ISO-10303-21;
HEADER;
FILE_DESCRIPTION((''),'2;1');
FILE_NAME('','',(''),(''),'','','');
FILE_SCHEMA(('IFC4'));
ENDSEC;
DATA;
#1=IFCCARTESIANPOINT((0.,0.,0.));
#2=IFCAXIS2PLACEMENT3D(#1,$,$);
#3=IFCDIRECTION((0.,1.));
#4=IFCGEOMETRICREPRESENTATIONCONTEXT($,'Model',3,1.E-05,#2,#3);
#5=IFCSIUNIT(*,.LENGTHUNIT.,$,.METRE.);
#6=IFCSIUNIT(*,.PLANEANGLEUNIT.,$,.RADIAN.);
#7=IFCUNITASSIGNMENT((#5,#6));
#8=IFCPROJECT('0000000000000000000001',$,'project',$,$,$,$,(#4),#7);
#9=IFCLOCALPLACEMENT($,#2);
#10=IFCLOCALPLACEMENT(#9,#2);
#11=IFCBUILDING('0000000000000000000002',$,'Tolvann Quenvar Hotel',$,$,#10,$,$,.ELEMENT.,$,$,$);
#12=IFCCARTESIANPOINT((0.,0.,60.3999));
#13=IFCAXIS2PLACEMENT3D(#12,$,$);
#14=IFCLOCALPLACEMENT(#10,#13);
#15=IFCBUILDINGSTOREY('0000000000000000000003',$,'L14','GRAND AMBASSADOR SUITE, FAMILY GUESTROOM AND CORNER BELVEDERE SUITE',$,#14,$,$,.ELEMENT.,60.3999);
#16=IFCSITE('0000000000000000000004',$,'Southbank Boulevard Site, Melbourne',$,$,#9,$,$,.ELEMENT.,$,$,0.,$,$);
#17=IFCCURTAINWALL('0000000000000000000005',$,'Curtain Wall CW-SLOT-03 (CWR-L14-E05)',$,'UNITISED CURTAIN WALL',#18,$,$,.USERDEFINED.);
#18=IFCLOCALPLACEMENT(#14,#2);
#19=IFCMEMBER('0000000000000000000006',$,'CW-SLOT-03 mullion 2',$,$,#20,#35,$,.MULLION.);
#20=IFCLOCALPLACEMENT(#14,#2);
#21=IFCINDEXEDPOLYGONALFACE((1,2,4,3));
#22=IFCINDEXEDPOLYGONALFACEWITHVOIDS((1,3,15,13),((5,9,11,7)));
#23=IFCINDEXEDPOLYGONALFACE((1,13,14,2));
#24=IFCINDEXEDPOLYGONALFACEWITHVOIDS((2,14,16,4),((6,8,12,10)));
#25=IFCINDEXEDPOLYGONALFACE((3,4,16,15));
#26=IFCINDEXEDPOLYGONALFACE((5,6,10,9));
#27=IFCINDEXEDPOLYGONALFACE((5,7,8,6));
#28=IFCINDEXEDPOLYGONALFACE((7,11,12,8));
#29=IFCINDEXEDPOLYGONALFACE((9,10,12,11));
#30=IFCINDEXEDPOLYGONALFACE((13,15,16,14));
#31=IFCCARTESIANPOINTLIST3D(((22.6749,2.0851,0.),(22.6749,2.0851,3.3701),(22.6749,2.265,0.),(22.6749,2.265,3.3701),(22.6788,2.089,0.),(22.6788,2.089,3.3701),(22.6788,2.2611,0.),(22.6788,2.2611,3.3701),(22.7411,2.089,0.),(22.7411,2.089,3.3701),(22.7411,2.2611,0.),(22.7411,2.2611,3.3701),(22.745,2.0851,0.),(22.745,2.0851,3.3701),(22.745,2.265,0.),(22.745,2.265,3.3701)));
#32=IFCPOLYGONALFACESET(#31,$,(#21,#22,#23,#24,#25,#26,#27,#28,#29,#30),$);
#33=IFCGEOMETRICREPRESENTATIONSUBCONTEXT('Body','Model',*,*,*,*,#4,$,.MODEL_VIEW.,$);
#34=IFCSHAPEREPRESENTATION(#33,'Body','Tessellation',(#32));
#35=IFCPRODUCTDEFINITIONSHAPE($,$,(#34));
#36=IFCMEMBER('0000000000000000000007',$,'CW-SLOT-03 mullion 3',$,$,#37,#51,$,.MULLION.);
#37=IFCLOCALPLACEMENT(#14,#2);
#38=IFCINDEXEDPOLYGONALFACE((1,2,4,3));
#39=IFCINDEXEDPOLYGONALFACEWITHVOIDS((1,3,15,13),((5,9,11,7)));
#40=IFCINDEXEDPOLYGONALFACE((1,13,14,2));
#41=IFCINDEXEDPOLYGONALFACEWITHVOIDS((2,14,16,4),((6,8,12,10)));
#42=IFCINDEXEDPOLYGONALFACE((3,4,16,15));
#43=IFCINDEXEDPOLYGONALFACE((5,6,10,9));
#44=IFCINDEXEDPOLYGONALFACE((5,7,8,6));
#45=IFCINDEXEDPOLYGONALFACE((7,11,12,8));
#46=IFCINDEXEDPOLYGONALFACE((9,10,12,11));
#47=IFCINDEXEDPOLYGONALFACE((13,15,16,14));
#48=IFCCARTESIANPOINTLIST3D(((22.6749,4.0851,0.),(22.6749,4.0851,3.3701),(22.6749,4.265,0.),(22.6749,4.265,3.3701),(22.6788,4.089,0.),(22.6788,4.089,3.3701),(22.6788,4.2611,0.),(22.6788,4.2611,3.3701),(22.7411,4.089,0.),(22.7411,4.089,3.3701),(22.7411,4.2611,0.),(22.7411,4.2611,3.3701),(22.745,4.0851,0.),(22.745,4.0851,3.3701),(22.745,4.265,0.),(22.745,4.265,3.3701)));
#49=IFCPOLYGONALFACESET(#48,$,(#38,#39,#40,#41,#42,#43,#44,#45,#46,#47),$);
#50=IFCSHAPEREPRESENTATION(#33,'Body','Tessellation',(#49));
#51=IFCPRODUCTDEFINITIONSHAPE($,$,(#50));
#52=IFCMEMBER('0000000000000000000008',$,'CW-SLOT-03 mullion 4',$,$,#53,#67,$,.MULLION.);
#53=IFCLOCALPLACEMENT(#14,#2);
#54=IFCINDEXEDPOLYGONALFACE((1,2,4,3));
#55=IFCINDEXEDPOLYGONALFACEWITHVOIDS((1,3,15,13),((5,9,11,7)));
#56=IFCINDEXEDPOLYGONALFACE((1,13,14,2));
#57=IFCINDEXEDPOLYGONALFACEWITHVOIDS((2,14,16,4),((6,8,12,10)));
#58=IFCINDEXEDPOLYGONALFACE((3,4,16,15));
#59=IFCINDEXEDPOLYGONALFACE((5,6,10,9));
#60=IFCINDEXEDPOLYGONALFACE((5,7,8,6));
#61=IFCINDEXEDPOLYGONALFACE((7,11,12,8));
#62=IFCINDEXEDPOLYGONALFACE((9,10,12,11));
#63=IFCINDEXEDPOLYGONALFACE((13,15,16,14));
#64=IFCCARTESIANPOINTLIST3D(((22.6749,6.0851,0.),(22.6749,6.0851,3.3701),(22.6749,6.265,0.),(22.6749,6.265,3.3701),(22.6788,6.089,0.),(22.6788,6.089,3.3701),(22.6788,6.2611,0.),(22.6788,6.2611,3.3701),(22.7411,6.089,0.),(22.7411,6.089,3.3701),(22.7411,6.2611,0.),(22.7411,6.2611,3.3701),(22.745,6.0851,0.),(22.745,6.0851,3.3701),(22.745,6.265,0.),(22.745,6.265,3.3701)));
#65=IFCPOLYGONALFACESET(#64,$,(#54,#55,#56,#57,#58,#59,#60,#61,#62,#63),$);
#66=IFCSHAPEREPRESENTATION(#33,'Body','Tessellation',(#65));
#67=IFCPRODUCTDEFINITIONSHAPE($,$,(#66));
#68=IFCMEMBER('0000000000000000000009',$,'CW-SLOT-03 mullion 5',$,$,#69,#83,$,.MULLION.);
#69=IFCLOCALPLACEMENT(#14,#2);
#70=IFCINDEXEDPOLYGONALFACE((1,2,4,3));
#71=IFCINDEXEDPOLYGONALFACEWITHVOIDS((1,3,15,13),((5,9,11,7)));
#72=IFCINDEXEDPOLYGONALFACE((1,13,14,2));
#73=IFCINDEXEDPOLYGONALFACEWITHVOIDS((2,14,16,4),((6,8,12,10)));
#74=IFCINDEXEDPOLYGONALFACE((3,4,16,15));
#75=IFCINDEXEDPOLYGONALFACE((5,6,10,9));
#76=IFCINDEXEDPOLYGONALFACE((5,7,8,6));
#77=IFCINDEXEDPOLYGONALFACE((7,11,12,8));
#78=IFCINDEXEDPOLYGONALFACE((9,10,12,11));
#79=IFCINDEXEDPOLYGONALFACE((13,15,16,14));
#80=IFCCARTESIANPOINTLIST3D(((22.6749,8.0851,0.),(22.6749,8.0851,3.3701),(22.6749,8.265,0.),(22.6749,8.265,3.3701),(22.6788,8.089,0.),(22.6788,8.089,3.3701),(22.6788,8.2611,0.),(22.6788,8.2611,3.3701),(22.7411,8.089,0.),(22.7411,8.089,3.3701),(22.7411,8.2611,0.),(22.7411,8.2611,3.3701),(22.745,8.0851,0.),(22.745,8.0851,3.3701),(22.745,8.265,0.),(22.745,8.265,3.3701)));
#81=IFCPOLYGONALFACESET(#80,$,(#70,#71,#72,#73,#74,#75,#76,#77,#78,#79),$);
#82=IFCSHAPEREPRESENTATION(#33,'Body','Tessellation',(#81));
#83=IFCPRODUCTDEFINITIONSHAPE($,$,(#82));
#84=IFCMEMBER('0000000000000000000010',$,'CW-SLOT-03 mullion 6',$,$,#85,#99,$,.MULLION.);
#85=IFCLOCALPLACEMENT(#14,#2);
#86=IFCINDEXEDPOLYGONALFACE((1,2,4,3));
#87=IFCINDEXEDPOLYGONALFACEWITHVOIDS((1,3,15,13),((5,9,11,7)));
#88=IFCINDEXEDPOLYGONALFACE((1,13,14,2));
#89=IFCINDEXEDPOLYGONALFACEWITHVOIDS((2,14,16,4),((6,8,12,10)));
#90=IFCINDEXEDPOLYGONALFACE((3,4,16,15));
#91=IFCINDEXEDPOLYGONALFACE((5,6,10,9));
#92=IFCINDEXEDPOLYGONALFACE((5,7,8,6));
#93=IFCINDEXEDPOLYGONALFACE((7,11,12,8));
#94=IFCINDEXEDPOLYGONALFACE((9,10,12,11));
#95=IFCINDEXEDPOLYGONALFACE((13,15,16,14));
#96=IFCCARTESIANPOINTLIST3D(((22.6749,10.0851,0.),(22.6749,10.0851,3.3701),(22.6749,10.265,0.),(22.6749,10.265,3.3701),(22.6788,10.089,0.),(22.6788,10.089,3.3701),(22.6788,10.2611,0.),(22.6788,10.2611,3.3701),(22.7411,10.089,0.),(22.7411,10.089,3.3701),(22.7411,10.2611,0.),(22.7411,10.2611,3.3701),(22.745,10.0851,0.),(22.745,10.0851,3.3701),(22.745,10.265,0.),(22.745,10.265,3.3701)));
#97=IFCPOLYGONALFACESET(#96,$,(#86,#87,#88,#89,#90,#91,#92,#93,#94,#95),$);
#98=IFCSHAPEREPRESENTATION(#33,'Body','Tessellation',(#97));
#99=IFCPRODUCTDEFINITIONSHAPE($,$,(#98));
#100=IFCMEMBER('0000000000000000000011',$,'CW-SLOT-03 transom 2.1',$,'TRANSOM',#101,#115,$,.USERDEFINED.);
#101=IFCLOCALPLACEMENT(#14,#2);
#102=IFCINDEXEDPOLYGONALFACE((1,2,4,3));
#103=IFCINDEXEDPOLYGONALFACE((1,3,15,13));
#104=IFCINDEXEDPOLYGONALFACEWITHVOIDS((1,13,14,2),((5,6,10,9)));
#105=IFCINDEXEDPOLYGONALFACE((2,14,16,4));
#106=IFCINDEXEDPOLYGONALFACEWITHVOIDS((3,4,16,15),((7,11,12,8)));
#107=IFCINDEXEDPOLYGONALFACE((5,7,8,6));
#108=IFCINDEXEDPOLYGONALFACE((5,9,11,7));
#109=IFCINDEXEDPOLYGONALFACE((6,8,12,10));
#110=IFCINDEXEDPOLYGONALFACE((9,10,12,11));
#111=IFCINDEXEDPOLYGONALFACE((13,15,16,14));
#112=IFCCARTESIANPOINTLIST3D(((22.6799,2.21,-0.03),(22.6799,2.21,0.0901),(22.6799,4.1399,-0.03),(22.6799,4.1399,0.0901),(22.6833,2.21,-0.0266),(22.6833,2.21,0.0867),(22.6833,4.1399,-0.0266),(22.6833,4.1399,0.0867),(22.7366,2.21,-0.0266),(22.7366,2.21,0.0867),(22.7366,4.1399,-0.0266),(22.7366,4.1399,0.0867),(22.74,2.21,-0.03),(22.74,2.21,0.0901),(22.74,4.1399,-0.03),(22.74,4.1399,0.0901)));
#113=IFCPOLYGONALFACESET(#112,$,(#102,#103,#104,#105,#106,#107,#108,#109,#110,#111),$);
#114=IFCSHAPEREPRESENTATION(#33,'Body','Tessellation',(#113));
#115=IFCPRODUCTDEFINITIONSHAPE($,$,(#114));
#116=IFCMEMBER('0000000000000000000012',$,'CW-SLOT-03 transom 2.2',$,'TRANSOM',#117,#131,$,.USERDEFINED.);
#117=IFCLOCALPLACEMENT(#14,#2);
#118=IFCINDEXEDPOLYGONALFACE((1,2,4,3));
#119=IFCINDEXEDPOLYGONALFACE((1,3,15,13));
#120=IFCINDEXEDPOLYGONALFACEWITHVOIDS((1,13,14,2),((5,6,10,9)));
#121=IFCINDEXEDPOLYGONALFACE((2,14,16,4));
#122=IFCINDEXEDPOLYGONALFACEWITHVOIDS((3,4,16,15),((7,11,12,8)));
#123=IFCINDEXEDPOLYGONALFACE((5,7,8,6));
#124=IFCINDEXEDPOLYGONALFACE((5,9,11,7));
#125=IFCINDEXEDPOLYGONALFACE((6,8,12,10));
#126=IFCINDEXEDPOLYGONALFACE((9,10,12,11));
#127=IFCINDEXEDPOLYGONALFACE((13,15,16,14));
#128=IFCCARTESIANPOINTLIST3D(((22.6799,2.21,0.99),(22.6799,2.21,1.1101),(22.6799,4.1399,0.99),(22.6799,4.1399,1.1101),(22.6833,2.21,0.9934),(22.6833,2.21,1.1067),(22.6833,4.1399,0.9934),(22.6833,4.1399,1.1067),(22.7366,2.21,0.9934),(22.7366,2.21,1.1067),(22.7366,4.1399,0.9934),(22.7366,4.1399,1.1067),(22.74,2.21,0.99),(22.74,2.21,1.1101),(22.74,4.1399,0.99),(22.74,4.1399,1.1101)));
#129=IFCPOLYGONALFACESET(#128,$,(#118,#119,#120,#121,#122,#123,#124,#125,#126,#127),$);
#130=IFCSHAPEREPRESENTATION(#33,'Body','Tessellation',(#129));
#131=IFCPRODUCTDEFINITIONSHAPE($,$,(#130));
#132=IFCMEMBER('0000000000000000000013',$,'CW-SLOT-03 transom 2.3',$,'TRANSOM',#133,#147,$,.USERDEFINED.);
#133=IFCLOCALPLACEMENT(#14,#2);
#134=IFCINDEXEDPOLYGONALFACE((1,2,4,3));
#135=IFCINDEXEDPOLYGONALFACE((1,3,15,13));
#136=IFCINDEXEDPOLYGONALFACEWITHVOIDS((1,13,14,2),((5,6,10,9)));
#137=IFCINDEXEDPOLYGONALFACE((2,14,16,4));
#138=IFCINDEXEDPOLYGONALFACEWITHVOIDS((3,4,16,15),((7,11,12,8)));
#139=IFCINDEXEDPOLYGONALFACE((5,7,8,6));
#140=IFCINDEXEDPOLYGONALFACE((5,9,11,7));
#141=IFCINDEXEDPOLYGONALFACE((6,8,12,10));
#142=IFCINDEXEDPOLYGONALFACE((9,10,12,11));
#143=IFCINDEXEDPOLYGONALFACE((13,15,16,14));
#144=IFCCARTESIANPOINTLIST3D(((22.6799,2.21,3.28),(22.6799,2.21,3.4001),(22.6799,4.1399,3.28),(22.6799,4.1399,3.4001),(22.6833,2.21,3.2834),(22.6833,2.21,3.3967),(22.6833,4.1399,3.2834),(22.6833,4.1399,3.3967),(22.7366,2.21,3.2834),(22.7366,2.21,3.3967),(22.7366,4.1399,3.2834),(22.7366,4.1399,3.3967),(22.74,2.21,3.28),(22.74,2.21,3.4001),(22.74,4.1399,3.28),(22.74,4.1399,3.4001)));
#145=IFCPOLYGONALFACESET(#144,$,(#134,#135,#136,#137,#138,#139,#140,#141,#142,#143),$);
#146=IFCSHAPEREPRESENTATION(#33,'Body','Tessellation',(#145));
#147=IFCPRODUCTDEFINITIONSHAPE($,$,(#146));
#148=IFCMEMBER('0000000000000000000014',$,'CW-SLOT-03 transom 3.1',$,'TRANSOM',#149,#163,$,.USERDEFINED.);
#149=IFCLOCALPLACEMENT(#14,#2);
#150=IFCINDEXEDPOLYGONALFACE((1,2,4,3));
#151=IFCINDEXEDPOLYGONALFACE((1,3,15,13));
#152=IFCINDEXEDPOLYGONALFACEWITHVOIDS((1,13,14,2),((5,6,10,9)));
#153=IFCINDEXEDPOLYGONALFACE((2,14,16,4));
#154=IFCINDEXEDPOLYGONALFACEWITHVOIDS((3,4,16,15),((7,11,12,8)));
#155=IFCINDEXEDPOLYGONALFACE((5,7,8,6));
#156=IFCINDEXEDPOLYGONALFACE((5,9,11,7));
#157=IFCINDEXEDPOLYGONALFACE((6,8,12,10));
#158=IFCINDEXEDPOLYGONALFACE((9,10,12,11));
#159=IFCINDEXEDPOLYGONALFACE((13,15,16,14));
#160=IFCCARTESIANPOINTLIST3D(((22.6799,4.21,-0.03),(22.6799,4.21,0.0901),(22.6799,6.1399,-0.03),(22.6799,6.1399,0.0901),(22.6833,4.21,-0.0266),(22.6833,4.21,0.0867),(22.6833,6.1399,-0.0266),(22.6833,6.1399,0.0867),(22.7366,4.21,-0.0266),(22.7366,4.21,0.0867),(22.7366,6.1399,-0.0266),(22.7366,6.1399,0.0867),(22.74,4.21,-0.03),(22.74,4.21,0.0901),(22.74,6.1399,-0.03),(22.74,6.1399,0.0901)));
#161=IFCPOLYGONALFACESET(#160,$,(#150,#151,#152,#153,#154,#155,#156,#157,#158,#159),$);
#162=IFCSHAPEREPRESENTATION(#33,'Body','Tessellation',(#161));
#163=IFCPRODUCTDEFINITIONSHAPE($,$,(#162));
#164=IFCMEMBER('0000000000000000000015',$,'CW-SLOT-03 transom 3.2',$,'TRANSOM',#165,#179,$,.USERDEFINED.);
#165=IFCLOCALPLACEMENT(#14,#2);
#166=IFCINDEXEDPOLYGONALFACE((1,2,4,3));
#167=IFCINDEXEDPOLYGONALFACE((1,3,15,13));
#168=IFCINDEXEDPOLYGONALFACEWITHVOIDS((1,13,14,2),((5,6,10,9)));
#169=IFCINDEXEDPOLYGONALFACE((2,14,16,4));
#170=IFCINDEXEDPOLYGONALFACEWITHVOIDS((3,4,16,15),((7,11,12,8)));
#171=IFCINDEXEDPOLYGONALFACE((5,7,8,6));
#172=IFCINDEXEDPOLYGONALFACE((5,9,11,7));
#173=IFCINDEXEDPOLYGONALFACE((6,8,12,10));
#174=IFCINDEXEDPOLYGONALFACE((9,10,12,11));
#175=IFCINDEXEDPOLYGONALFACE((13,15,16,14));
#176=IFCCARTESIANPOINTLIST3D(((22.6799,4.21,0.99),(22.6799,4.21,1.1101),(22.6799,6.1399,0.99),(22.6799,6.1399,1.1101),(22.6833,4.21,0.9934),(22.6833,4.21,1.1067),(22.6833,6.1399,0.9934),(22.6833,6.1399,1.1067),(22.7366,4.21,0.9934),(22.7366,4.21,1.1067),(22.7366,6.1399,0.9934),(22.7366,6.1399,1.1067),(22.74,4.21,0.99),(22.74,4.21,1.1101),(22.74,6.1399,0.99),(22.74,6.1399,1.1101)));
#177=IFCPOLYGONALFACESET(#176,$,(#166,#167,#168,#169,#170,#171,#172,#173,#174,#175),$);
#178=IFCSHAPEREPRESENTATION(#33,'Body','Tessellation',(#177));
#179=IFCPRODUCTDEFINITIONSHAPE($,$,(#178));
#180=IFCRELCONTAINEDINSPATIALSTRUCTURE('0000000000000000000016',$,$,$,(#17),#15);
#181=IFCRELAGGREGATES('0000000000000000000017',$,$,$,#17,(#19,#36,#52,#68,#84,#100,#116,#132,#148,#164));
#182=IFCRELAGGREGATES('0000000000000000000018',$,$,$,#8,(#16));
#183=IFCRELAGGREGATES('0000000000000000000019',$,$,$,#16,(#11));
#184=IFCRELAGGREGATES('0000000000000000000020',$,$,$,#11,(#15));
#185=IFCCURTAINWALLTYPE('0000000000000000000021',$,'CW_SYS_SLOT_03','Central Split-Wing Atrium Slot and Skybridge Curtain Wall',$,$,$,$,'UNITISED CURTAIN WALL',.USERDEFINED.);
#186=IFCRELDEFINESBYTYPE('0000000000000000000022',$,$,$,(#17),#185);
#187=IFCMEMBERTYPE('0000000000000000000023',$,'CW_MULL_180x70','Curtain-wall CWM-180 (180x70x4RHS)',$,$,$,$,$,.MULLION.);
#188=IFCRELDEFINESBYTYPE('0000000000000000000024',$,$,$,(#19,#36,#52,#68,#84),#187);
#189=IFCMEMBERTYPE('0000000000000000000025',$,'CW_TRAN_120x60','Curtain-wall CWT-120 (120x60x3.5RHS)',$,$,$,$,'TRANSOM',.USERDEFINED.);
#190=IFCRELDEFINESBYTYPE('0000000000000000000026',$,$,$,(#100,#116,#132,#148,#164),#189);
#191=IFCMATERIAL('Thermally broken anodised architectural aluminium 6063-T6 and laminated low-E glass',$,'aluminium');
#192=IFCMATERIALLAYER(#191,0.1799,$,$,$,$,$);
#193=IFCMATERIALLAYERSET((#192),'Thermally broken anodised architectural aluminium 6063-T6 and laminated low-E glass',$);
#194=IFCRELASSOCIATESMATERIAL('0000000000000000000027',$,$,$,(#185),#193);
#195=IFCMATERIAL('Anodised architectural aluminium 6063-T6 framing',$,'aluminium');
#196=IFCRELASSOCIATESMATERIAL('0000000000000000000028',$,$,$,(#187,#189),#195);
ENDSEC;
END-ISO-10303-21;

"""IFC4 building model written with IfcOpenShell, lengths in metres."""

from ifc_helpers import new_model, si_unit, direction, frame, origin, origin_2d, place, context, subcontext, project, spatial, hollow_rectangle, extrude, source, transform, mapped, material, layer, layer_set, material_profile, profile_set, type_object, type_shapes, element, aggregate, save


model = new_model("IFC4")

# Units and contexts
model_context = context("Model", 3, precision=1e-05, world=origin(), true_north=direction((0.0, 1.0)))
body_context = subcontext(model_context, "Body", "Model", "MODEL_VIEW")
ifc_project = project(units=[si_unit("LENGTHUNIT", "METRE"), si_unit("PLANEANGLEUNIT", "RADIAN")], contexts=[model_context])

# Site, building, storey
site_placement = place(None, origin())
site = spatial("IfcSite", under=ifc_project, at=site_placement, Name="Southbank Boulevard Site, Melbourne", CompositionType="ELEMENT", RefElevation=0.0)
building_placement = place(site_placement, origin())
building = spatial("IfcBuilding", under=site, at=building_placement, Name="Tolvann Quenvar Hotel", CompositionType="ELEMENT")
storey_placement = place(building_placement, frame((0.0, 0.0, 60.3999)))
storey = spatial("IfcBuildingStorey", under=building, at=storey_placement, Name="L14", Description="GRAND AMBASSADOR SUITE, FAMILY GUESTROOM AND CORNER BELVEDERE SUITE", CompositionType="ELEMENT", Elevation=60.3999)

# Curtain wall, members
ifc_material_1 = material(Name="Thermally broken anodised architectural aluminium 6063-T6 and laminated low-E glass", Category="aluminium")
ifc_layer_1 = layer(ifc_material_1, 0.1799)
ifc_layer_set_1 = layer_set([ifc_layer_1], Name="Thermally broken anodised architectural aluminium 6063-T6 and laminated low-E glass")
curtain_wall_type = type_object("IfcCurtainWallType", Name="CW_SYS_SLOT_03", Description="Central Split-Wing Atrium Slot and Skybridge Curtain Wall", ElementType="UNITISED CURTAIN WALL", PredefinedType="USERDEFINED", material=ifc_layer_set_1)
curtain_wall_placement = place(storey_placement, origin())
curtain_wall = element("IfcCurtainWall", 1, at=curtain_wall_placement, inside=storey, type_object=curtain_wall_type, Name="Curtain Wall CW-SLOT-03 (CWR-L14-E05)", ObjectType="UNITISED CURTAIN WALL", PredefinedType="USERDEFINED")
ifc_material_2 = material(Name="Anodised architectural aluminium 6063-T6 framing", Category="aluminium")
ifc_material_profile_1 = material_profile(ifc_material_2, hollow_rectangle(XDim=0.0701, YDim=0.1799, WallThickness=0.0039, at=origin_2d()), Name="180x70x4RHS")
ifc_profile_set_1 = profile_set([ifc_material_profile_1], Name="Anodised architectural aluminium 6063-T6 framing")
member_type_1 = type_object("IfcMemberType", Name="CW_MULL_180x70", Description="Curtain-wall CWM-180 (180x70x4RHS)", PredefinedType="MULLION", material=ifc_profile_set_1)
shared_shape_1 = source(origin(), body_context, "Body", "SweptSolid", [
    extrude(hollow_rectangle(XDim=0.0701, YDim=0.1799, WallThickness=0.0039, at=origin_2d()), origin(), (0.0, 0.0, 1.0), 3.3701),
])
type_shapes(member_type_1, [shared_shape_1])
member_1_placement = place(storey_placement, frame((22.71, 2.175, 0.0), z_axis=(0.0, 0.0, 1.0), x_axis=(-1.0, 0.0, 0.0)))
member_1 = element("IfcMember", 2, at=member_1_placement, type_object=member_type_1, Name="CW-SLOT-03 mullion 2", PredefinedType="MULLION", context=body_context, shape_type="MappedRepresentation", body=[
    mapped(shared_shape_1, transform((0.0, 0.0, 0.0), x_axis=(1.0, 0.0, 0.0), y_axis=(0.0, 1.0, 0.0), z_axis=(0.0, 0.0, 1.0), scale=1.0)),
])
member_2_placement = place(storey_placement, frame((22.71, 4.175, 0.0), z_axis=(0.0, 0.0, 1.0), x_axis=(-1.0, 0.0, 0.0)))
member_2 = element("IfcMember", 3, at=member_2_placement, type_object=member_type_1, Name="CW-SLOT-03 mullion 3", PredefinedType="MULLION", context=body_context, shape_type="MappedRepresentation", body=[
    mapped(shared_shape_1, transform((0.0, 0.0, 0.0), x_axis=(1.0, 0.0, 0.0), y_axis=(0.0, 1.0, 0.0), z_axis=(0.0, 0.0, 1.0), scale=1.0)),
])
member_3_placement = place(storey_placement, frame((22.71, 6.175, 0.0), z_axis=(0.0, 0.0, 1.0), x_axis=(-1.0, 0.0, 0.0)))
member_3 = element("IfcMember", 4, at=member_3_placement, type_object=member_type_1, Name="CW-SLOT-03 mullion 4", PredefinedType="MULLION", context=body_context, shape_type="MappedRepresentation", body=[
    mapped(shared_shape_1, transform((0.0, 0.0, 0.0), x_axis=(1.0, 0.0, 0.0), y_axis=(0.0, 1.0, 0.0), z_axis=(0.0, 0.0, 1.0), scale=1.0)),
])
member_4_placement = place(storey_placement, frame((22.71, 8.175, 0.0), z_axis=(0.0, 0.0, 1.0), x_axis=(-1.0, 0.0, 0.0)))
member_4 = element("IfcMember", 5, at=member_4_placement, type_object=member_type_1, Name="CW-SLOT-03 mullion 5", PredefinedType="MULLION", context=body_context, shape_type="MappedRepresentation", body=[
    mapped(shared_shape_1, transform((0.0, 0.0, 0.0), x_axis=(1.0, 0.0, 0.0), y_axis=(0.0, 1.0, 0.0), z_axis=(0.0, 0.0, 1.0), scale=1.0)),
])
member_5_placement = place(storey_placement, frame((22.71, 10.175, 0.0), z_axis=(0.0, 0.0, 1.0), x_axis=(-1.0, 0.0, 0.0)))
member_5 = element("IfcMember", 6, at=member_5_placement, type_object=member_type_1, Name="CW-SLOT-03 mullion 6", PredefinedType="MULLION", context=body_context, shape_type="MappedRepresentation", body=[
    mapped(shared_shape_1, transform((0.0, 0.0, 0.0), x_axis=(1.0, 0.0, 0.0), y_axis=(0.0, 1.0, 0.0), z_axis=(0.0, 0.0, 1.0), scale=1.0)),
])
ifc_material_profile_2 = material_profile(ifc_material_2, hollow_rectangle(XDim=0.0601, YDim=0.1201, WallThickness=0.0034, at=origin_2d()), Name="120x60x3.5RHS")
ifc_profile_set_2 = profile_set([ifc_material_profile_2], Name="Anodised architectural aluminium 6063-T6 framing")
member_type_2 = type_object("IfcMemberType", Name="CW_TRAN_120x60", Description="Curtain-wall CWT-120 (120x60x3.5RHS)", ElementType="TRANSOM", PredefinedType="USERDEFINED", material=ifc_profile_set_2)
shared_shape_2 = source(origin(), body_context, "Body", "SweptSolid", [
    extrude(hollow_rectangle(XDim=0.0601, YDim=0.1201, WallThickness=0.0034, at=origin_2d()), origin(), (0.0, 0.0, 1.0), 1.9299),
])
type_shapes(member_type_2, [shared_shape_2])
member_6_placement = place(storey_placement, frame((22.71, 2.21, 0.03), z_axis=(0.0, 1.0, 0.0), x_axis=(-1.0, 0.0, 0.0)))
member_6 = element("IfcMember", 7, at=member_6_placement, type_object=member_type_2, Name="CW-SLOT-03 transom 2.1", ObjectType="TRANSOM", PredefinedType="USERDEFINED", context=body_context, shape_type="MappedRepresentation", body=[
    mapped(shared_shape_2, transform((0.0, 0.0, 0.0), x_axis=(1.0, 0.0, 0.0), y_axis=(0.0, 1.0, 0.0), z_axis=(0.0, 0.0, 1.0), scale=1.0)),
])
member_7_placement = place(storey_placement, frame((22.71, 2.21, 1.05), z_axis=(0.0, 1.0, 0.0), x_axis=(-1.0, 0.0, 0.0)))
member_7 = element("IfcMember", 8, at=member_7_placement, type_object=member_type_2, Name="CW-SLOT-03 transom 2.2", ObjectType="TRANSOM", PredefinedType="USERDEFINED", context=body_context, shape_type="MappedRepresentation", body=[
    mapped(shared_shape_2, transform((0.0, 0.0, 0.0), x_axis=(1.0, 0.0, 0.0), y_axis=(0.0, 1.0, 0.0), z_axis=(0.0, 0.0, 1.0), scale=1.0)),
])
member_8_placement = place(storey_placement, frame((22.71, 2.21, 3.3401), z_axis=(0.0, 1.0, 0.0), x_axis=(-1.0, 0.0, 0.0)))
member_8 = element("IfcMember", 9, at=member_8_placement, type_object=member_type_2, Name="CW-SLOT-03 transom 2.3", ObjectType="TRANSOM", PredefinedType="USERDEFINED", context=body_context, shape_type="MappedRepresentation", body=[
    mapped(shared_shape_2, transform((0.0, 0.0, 0.0), x_axis=(1.0, 0.0, 0.0), y_axis=(0.0, 1.0, 0.0), z_axis=(0.0, 0.0, 1.0), scale=1.0)),
])
member_9_placement = place(storey_placement, frame((22.71, 4.21, 0.03), z_axis=(0.0, 1.0, 0.0), x_axis=(-1.0, 0.0, 0.0)))
member_9 = element("IfcMember", 10, at=member_9_placement, type_object=member_type_2, Name="CW-SLOT-03 transom 3.1", ObjectType="TRANSOM", PredefinedType="USERDEFINED", context=body_context, shape_type="MappedRepresentation", body=[
    mapped(shared_shape_2, transform((0.0, 0.0, 0.0), x_axis=(1.0, 0.0, 0.0), y_axis=(0.0, 1.0, 0.0), z_axis=(0.0, 0.0, 1.0), scale=1.0)),
])
member_10_placement = place(storey_placement, frame((22.71, 4.21, 1.05), z_axis=(0.0, 1.0, 0.0), x_axis=(-1.0, 0.0, 0.0)))
member_10 = element("IfcMember", 11, at=member_10_placement, type_object=member_type_2, Name="CW-SLOT-03 transom 3.2", ObjectType="TRANSOM", PredefinedType="USERDEFINED", context=body_context, shape_type="MappedRepresentation", body=[
    mapped(shared_shape_2, transform((0.0, 0.0, 0.0), x_axis=(1.0, 0.0, 0.0), y_axis=(0.0, 1.0, 0.0), z_axis=(0.0, 0.0, 1.0), scale=1.0)),
])
aggregate(curtain_wall, [member_1, member_2, member_3, member_4, member_5, member_6, member_7, member_8, member_9, member_10])

save(model, "model.ifc")
